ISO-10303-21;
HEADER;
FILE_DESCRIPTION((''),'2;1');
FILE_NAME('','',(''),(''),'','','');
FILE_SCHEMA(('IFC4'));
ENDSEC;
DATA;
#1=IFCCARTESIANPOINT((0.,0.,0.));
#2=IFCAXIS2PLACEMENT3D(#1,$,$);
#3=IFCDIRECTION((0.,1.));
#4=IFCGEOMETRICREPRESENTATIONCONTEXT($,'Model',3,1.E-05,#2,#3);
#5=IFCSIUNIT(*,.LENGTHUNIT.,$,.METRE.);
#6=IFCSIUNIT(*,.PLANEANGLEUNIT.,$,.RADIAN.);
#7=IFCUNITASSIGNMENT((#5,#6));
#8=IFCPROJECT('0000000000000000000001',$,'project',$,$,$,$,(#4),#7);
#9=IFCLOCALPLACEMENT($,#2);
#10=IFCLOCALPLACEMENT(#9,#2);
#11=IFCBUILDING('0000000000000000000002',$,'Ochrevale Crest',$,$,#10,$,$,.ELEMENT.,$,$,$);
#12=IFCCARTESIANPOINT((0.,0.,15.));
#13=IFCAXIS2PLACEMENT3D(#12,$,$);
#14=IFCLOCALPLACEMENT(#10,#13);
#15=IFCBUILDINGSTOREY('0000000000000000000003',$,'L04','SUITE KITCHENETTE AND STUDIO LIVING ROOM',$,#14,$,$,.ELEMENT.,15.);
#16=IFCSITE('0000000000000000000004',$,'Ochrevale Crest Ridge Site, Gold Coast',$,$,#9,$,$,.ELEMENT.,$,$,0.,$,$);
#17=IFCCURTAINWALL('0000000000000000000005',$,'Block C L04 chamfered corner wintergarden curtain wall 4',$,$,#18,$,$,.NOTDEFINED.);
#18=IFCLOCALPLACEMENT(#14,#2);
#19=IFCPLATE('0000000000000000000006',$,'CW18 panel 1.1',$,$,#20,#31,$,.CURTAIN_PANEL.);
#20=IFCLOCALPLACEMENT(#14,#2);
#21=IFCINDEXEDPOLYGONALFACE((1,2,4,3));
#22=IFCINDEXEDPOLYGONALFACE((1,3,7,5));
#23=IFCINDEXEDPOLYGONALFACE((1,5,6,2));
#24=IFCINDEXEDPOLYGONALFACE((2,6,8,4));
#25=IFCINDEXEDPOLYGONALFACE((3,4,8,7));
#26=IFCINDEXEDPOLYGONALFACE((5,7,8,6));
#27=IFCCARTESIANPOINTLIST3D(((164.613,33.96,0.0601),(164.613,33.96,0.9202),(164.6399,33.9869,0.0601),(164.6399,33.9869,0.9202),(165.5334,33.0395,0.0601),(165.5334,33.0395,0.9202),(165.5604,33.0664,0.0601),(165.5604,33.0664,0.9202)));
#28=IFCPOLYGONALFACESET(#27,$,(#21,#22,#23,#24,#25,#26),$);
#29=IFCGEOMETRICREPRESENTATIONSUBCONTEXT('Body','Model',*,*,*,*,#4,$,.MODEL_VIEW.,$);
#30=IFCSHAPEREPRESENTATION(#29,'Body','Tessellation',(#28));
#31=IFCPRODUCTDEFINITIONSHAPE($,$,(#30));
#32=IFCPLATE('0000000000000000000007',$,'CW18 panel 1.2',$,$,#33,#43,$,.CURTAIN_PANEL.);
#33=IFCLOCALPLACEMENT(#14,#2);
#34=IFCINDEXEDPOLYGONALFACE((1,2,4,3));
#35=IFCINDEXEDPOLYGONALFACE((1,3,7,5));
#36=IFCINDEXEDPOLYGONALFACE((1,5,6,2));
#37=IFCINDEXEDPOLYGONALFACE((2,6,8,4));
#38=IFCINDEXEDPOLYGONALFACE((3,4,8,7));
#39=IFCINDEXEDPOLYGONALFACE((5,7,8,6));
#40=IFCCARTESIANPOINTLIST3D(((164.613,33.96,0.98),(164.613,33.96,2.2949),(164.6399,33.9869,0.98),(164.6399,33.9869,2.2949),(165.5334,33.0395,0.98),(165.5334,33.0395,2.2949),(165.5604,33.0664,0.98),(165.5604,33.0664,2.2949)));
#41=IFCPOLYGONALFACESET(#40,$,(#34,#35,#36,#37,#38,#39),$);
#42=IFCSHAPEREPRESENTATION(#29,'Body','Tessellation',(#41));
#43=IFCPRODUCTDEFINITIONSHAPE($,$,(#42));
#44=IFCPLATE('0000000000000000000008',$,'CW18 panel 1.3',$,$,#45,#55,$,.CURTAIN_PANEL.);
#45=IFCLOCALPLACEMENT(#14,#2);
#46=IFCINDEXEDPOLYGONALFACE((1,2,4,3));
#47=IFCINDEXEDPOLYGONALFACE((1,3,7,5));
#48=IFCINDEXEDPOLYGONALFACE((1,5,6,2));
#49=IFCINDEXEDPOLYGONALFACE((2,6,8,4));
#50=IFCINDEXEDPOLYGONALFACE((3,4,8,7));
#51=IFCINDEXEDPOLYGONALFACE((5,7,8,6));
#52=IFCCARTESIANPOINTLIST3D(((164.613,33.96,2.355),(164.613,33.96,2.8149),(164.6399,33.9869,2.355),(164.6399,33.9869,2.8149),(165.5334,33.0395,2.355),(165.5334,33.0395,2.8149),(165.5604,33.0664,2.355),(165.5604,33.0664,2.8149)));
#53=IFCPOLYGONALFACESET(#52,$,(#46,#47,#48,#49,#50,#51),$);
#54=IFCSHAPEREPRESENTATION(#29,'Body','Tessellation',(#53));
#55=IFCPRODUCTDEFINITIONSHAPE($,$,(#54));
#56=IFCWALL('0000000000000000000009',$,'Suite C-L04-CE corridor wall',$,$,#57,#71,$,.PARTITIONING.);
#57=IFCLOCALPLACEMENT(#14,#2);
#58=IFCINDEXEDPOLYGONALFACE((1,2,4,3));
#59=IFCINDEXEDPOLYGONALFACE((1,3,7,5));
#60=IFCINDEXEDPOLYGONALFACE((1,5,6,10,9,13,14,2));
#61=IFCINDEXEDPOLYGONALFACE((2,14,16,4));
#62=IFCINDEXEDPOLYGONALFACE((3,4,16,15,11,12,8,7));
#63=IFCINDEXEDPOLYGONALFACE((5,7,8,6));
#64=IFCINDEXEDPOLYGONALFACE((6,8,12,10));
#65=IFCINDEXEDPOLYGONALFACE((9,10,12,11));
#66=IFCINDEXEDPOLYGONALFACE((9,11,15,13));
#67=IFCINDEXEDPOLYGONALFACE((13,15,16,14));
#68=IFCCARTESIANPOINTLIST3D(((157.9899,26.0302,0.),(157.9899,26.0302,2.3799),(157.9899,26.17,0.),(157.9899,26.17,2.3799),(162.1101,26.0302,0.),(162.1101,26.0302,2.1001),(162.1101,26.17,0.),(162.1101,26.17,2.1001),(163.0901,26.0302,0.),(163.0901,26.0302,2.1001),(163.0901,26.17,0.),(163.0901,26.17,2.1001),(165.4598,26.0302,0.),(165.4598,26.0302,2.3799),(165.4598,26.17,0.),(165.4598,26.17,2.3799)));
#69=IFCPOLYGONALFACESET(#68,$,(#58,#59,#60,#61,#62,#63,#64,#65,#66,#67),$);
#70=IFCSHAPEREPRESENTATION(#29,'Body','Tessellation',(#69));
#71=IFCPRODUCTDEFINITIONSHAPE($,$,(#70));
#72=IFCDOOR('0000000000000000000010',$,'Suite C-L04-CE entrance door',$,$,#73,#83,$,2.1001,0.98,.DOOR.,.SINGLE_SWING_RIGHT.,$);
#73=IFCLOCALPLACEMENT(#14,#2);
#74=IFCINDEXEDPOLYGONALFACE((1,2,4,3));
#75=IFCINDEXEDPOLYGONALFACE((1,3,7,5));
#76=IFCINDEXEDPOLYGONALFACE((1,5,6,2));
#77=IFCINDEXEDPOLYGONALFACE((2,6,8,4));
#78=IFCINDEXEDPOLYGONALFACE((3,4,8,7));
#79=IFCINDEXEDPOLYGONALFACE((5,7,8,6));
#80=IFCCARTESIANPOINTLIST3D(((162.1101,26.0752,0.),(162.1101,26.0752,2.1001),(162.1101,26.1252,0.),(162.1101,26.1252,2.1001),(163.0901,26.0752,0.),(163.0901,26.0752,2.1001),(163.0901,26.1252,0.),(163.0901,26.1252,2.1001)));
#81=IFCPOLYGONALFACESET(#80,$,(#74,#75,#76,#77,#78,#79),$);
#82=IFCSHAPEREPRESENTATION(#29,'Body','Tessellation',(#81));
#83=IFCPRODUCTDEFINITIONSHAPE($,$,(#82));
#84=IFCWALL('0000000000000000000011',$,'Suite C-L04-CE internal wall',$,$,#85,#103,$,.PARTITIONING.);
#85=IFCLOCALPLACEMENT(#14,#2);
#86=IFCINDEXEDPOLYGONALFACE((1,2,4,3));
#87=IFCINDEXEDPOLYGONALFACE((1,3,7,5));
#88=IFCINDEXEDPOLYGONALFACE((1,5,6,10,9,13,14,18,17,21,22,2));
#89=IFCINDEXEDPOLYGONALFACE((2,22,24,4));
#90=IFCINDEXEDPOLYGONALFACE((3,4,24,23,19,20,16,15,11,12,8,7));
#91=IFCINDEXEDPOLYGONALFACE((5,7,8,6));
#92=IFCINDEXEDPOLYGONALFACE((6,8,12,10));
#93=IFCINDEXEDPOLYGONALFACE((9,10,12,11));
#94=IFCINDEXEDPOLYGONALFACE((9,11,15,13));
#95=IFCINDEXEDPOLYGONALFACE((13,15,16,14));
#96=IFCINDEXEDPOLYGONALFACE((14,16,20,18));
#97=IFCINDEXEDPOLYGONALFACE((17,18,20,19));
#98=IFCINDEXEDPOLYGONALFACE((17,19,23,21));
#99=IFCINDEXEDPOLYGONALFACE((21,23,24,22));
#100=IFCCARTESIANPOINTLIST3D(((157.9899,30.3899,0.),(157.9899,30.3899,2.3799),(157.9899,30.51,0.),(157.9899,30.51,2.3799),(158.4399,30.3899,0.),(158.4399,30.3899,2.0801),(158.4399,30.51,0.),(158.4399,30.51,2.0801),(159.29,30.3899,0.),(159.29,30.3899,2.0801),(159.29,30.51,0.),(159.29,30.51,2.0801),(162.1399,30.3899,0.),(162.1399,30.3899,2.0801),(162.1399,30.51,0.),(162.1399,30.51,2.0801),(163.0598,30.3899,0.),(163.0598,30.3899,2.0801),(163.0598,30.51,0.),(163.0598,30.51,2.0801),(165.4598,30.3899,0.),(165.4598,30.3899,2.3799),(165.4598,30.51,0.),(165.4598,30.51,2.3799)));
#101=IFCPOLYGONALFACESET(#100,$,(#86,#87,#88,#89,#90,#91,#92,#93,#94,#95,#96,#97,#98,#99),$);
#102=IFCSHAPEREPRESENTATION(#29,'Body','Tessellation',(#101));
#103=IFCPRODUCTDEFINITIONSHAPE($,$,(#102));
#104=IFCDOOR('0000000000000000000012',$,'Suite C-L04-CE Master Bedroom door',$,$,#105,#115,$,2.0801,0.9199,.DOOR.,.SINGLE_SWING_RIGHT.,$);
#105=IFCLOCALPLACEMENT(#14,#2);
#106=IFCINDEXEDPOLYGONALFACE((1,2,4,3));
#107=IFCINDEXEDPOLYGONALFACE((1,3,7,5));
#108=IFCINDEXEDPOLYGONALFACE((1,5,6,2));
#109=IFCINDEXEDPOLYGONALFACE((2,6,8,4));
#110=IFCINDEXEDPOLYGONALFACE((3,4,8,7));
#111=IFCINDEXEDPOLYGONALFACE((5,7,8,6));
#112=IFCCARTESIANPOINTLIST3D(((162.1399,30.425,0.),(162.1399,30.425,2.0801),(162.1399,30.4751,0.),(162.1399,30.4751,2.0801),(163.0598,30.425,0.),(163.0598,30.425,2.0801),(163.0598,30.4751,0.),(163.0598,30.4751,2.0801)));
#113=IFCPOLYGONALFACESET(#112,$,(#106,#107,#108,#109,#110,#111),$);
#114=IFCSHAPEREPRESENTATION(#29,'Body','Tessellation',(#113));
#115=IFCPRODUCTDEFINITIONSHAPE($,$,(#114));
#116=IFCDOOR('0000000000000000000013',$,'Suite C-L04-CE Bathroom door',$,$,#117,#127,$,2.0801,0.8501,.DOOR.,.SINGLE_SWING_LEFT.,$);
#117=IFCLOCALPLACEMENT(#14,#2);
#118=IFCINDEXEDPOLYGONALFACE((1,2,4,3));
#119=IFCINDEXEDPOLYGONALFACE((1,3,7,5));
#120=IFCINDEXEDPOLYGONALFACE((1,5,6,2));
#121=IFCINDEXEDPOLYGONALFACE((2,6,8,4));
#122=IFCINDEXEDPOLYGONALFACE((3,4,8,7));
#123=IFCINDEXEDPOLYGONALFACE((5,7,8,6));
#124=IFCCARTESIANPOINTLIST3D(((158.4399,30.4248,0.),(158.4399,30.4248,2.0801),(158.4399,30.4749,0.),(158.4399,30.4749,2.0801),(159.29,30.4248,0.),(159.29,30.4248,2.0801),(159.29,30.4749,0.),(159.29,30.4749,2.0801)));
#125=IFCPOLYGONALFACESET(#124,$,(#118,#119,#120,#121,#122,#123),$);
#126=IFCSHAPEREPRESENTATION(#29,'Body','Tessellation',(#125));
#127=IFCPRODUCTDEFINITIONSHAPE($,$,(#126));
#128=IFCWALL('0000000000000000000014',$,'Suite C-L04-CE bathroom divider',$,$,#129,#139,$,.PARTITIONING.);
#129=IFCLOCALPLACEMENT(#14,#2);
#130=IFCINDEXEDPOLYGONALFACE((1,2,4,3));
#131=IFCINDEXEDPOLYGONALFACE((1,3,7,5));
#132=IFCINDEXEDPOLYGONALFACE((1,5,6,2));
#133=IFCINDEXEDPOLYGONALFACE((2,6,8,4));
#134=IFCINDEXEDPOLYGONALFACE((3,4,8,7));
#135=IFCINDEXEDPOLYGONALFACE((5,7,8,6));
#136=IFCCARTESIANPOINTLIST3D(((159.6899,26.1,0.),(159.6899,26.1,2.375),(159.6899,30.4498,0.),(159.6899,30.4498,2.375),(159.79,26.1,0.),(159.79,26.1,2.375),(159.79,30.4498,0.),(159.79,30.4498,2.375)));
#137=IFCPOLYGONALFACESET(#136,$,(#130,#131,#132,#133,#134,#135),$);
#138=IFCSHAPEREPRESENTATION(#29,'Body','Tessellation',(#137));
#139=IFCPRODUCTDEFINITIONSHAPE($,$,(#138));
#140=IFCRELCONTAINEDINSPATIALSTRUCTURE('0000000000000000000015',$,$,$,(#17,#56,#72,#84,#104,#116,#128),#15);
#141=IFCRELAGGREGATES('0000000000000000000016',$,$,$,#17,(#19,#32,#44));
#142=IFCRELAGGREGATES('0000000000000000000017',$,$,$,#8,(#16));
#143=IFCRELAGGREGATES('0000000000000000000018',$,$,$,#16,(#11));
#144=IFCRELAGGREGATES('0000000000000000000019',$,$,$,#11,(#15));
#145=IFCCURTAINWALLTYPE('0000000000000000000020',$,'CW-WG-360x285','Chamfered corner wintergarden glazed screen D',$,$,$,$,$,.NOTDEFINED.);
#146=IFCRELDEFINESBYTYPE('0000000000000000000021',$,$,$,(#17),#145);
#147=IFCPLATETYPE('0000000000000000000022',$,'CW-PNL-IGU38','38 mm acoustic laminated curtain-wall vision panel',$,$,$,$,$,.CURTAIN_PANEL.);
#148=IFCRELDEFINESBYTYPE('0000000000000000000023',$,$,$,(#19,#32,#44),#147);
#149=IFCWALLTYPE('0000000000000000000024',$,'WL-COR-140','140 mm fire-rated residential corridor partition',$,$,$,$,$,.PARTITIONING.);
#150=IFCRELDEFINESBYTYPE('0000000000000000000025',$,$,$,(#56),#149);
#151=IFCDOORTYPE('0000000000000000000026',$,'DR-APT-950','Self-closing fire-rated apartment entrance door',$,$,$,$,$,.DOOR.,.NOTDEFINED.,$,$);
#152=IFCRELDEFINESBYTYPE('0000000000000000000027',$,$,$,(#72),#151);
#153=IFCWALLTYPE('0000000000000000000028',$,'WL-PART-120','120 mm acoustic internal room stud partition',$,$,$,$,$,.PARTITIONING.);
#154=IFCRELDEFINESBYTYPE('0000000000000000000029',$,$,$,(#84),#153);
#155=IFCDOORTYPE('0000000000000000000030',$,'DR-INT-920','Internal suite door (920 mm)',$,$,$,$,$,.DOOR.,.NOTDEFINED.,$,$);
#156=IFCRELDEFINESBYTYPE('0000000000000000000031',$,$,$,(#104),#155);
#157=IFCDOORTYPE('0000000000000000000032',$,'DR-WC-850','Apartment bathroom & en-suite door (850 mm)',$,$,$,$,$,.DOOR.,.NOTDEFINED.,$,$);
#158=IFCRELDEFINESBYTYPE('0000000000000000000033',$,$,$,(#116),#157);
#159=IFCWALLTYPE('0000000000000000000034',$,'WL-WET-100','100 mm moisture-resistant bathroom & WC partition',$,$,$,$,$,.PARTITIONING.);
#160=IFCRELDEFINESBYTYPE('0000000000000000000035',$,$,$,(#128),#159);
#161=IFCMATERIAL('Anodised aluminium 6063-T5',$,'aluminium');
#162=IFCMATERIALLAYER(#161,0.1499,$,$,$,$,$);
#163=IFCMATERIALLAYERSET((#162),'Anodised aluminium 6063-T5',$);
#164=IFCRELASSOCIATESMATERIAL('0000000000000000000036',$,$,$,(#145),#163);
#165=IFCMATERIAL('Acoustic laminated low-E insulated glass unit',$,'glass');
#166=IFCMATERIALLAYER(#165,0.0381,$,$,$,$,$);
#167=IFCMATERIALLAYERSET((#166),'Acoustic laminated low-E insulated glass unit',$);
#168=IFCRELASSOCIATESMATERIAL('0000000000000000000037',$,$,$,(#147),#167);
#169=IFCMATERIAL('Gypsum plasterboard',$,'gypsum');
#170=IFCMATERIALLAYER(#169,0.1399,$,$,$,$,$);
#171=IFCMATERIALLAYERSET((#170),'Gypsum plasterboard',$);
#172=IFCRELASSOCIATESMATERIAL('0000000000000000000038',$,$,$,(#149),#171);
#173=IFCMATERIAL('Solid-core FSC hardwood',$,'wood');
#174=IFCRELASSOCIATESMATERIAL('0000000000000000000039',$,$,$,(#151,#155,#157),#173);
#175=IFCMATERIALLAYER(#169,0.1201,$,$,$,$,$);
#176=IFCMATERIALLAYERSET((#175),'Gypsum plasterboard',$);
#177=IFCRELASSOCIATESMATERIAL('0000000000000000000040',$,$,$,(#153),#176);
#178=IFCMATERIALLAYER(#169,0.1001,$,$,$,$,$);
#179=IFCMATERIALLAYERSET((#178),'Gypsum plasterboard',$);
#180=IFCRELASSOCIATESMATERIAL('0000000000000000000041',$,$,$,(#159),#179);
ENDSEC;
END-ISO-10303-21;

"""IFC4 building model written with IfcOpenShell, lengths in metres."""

from ifc_helpers import new_model, si_unit, direction, frame, frame_2d, origin, origin_2d, place, context, subcontext, project, spatial, rectangle, extrude, material, layer, layer_set, type_object, element, fill, aggregate, save


model = new_model("IFC4")

# Units and contexts
model_context = context("Model", 3, precision=1e-05, world=origin(), true_north=direction((0.0, 1.0)))
body_context = subcontext(model_context, "Body", "Model", "MODEL_VIEW")
ifc_project = project(units=[si_unit("LENGTHUNIT", "METRE"), si_unit("PLANEANGLEUNIT", "RADIAN")], contexts=[model_context])

# Site, building, storey
site_placement = place(None, origin())
site = spatial("IfcSite", under=ifc_project, at=site_placement, Name="Ochrevale Crest Ridge Site, Gold Coast", CompositionType="ELEMENT", RefElevation=0.0)
building_placement = place(site_placement, origin())
building = spatial("IfcBuilding", under=site, at=building_placement, Name="Ochrevale Crest", CompositionType="ELEMENT")
storey_placement = place(building_placement, frame((0.0, 0.0, 15.0)))
storey = spatial("IfcBuildingStorey", under=building, at=storey_placement, Name="L04", Description="SUITE KITCHENETTE AND STUDIO LIVING ROOM", CompositionType="ELEMENT", Elevation=15.0)

# Curtain wall, plates
ifc_material_1 = material(Name="Anodised aluminium 6063-T5", Category="aluminium")
ifc_layer_1 = layer(ifc_material_1, 0.1499)
ifc_layer_set_1 = layer_set([ifc_layer_1], Name="Anodised aluminium 6063-T5")
curtain_wall_type = type_object("IfcCurtainWallType", Name="CW-WG-360x285", Description="Chamfered corner wintergarden glazed screen D", PredefinedType="NOTDEFINED", material=ifc_layer_set_1)
curtain_wall_placement = place(storey_placement, origin())
curtain_wall = element("IfcCurtainWall", 1, at=curtain_wall_placement, inside=storey, type_object=curtain_wall_type, Name="Block C L04 chamfered corner wintergarden curtain wall 4", PredefinedType="NOTDEFINED")
ifc_material_2 = material(Name="Acoustic laminated low-E insulated glass unit", Category="glass")
ifc_layer_2 = layer(ifc_material_2, 0.0381)
ifc_layer_set_2 = layer_set([ifc_layer_2], Name="Acoustic laminated low-E insulated glass unit")
plate_type = type_object("IfcPlateType", Name="CW-PNL-IGU38", Description="38 mm acoustic laminated curtain-wall vision panel", PredefinedType="CURTAIN_PANEL", material=ifc_layer_set_2)
plate_1_placement = place(storey_placement, frame((165.0867, 33.5132, 0.0601), z_axis=(0.0, 0.0, 1.0), x_axis=(-0.707107, 0.707107, 0.0)))
plate_1 = element("IfcPlate", 2, at=plate_1_placement, type_object=plate_type, Name="CW18 panel 1.1", PredefinedType="CURTAIN_PANEL", context=body_context, shape_type="SweptSolid", body=[
    extrude(rectangle(XDim=1.3018, YDim=0.0381, at=origin_2d()), origin(), (0.0, 0.0, 1.0), 0.8601),
])
plate_2_placement = place(storey_placement, frame((165.0867, 33.5132, 0.98), z_axis=(0.0, 0.0, 1.0), x_axis=(-0.707107, 0.707107, 0.0)))
plate_2 = element("IfcPlate", 3, at=plate_2_placement, type_object=plate_type, Name="CW18 panel 1.2", PredefinedType="CURTAIN_PANEL", context=body_context, shape_type="SweptSolid", body=[
    extrude(rectangle(XDim=1.3018, YDim=0.0381, at=origin_2d()), origin(), (0.0, 0.0, 1.0), 1.3149),
])
plate_3_placement = place(storey_placement, frame((165.0867, 33.5132, 2.355), z_axis=(0.0, 0.0, 1.0), x_axis=(-0.707107, 0.707107, 0.0)))
plate_3 = element("IfcPlate", 4, at=plate_3_placement, type_object=plate_type, Name="CW18 panel 1.3", PredefinedType="CURTAIN_PANEL", context=body_context, shape_type="SweptSolid", body=[
    extrude(rectangle(XDim=1.3018, YDim=0.0381, at=origin_2d()), origin(), (0.0, 0.0, 1.0), 0.46),
])
aggregate(curtain_wall, [plate_1, plate_2, plate_3])

# Wall, opening, door
ifc_material_3 = material(Name="Gypsum plasterboard", Category="gypsum")
ifc_layer_3 = layer(ifc_material_3, 0.1399)
ifc_layer_set_3 = layer_set([ifc_layer_3], Name="Gypsum plasterboard")
wall_type_1 = type_object("IfcWallType", Name="WL-COR-140", Description="140 mm fire-rated residential corridor partition", PredefinedType="PARTITIONING", material=ifc_layer_set_3)
wall_1_placement = place(storey_placement, frame((157.99, 26.1001, 0.0), z_axis=(0.0, 0.0, 1.0), x_axis=(1.0, 0.0, 0.0)))
wall_1 = element("IfcWall", 5, at=wall_1_placement, inside=storey, type_object=wall_type_1, Name="Suite C-L04-CE corridor wall", PredefinedType="PARTITIONING", context=body_context, shape_type="SweptSolid", body=[
    extrude(rectangle(XDim=7.47, YDim=0.1399, at=frame_2d((3.7349, 0.0))), origin(), (0.0, 0.0, 1.0), 2.3799),
])
opening_1_placement = place(wall_1_placement, frame((5.1001, 0.0, 0.0), z_axis=(0.0, 0.0, 1.0), x_axis=(-1.0, 0.0, 0.0)))
opening_1 = element("IfcOpeningElement", 6, at=opening_1_placement, cuts=wall_1, PredefinedType="OPENING", context=body_context, shape_type="SweptSolid", body=[
    extrude(rectangle(XDim=0.98, YDim=2.1001, at=frame_2d((0.49, 1.05))), frame((0.0, 0.0801, 0.0), z_axis=(0.0, -1.0, 0.0), x_axis=(1.0, 0.0, 0.0)), (0.0, 0.0, 1.0), 0.1599),
])
ifc_material_4 = material(Name="Solid-core FSC hardwood", Category="wood")
door_type_1 = type_object("IfcDoorType", Name="DR-APT-950", Description="Self-closing fire-rated apartment entrance door", OperationType="NOTDEFINED", PredefinedType="DOOR", material=ifc_material_4)
door_1_placement = place(opening_1_placement, origin())
door_1 = element("IfcDoor", 7, at=door_1_placement, inside=storey, type_object=door_type_1, Name="Suite C-L04-CE entrance door", OperationType="SINGLE_SWING_RIGHT", OverallHeight=2.1001, OverallWidth=0.98, PredefinedType="DOOR", context=body_context, shape_type="SweptSolid", body=[
    extrude(rectangle(XDim=0.98, YDim=2.1001, at=frame_2d((0.49, 1.05))), frame((0.0, 0.0249, 0.0), z_axis=(0.0, -1.0, 0.0), x_axis=(1.0, 0.0, 0.0)), (0.0, 0.0, 1.0), 0.05),
])
fill(opening_1, door_1)

# Wall, openings, doors
ifc_layer_4 = layer(ifc_material_3, 0.1201)
ifc_layer_set_4 = layer_set([ifc_layer_4], Name="Gypsum plasterboard")
wall_type_2 = type_object("IfcWallType", Name="WL-PART-120", Description="120 mm acoustic internal room stud partition", PredefinedType="PARTITIONING", material=ifc_layer_set_4)
wall_2_placement = place(storey_placement, frame((157.99, 30.45, 0.0), z_axis=(0.0, 0.0, 1.0), x_axis=(1.0, 0.0, 0.0)))
wall_2 = element("IfcWall", 8, at=wall_2_placement, inside=storey, type_object=wall_type_2, Name="Suite C-L04-CE internal wall", PredefinedType="PARTITIONING", context=body_context, shape_type="SweptSolid", body=[
    extrude(rectangle(XDim=7.47, YDim=0.1201, at=frame_2d((3.7349, 0.0))), origin(), (0.0, 0.0, 1.0), 2.3799),
])
opening_2_placement = place(wall_2_placement, frame((0.45, 0.0, 0.0)))
opening_2 = element("IfcOpeningElement", 9, at=opening_2_placement, cuts=wall_2, PredefinedType="OPENING", context=body_context, shape_type="SweptSolid", body=[
    extrude(rectangle(XDim=0.8501, YDim=2.0801, at=frame_2d((0.425, 1.04))), frame((0.0, 0.0701, 0.0), z_axis=(0.0, -1.0, 0.0), x_axis=(1.0, 0.0, 0.0)), (0.0, 0.0, 1.0), 0.1401),
])
opening_3_placement = place(wall_2_placement, frame((5.0698, 0.0, 0.0), z_axis=(0.0, 0.0, 1.0), x_axis=(-1.0, 0.0, 0.0)))
opening_3 = element("IfcOpeningElement", 10, at=opening_3_placement, cuts=wall_2, PredefinedType="OPENING", context=body_context, shape_type="SweptSolid", body=[
    extrude(rectangle(XDim=0.9199, YDim=2.0801, at=frame_2d((0.46, 1.04))), frame((0.0, 0.0701, 0.0), z_axis=(0.0, -1.0, 0.0), x_axis=(1.0, 0.0, 0.0)), (0.0, 0.0, 1.0), 0.1401),
])
door_type_2 = type_object("IfcDoorType", Name="DR-INT-920", Description="Internal suite door (920 mm)", OperationType="NOTDEFINED", PredefinedType="DOOR", material=ifc_material_4)
door_2_placement = place(opening_3_placement, origin())
door_2 = element("IfcDoor", 11, at=door_2_placement, inside=storey, type_object=door_type_2, Name="Suite C-L04-CE Master Bedroom door", OperationType="SINGLE_SWING_RIGHT", OverallHeight=2.0801, OverallWidth=0.9199, PredefinedType="DOOR", context=body_context, shape_type="SweptSolid", body=[
    extrude(rectangle(XDim=0.9199, YDim=2.0801, at=frame_2d((0.46, 1.04))), frame((0.0, 0.0249, 0.0), z_axis=(0.0, -1.0, 0.0), x_axis=(1.0, 0.0, 0.0)), (0.0, 0.0, 1.0), 0.05),
])
fill(opening_3, door_2)
door_type_3 = type_object("IfcDoorType", Name="DR-WC-850", Description="Apartment bathroom & en-suite door (850 mm)", OperationType="NOTDEFINED", PredefinedType="DOOR", material=ifc_material_4)
door_3_placement = place(opening_2_placement, origin())
door_3 = element("IfcDoor", 12, at=door_3_placement, inside=storey, type_object=door_type_3, Name="Suite C-L04-CE Bathroom door", OperationType="SINGLE_SWING_LEFT", OverallHeight=2.0801, OverallWidth=0.8501, PredefinedType="DOOR", context=body_context, shape_type="SweptSolid", body=[
    extrude(rectangle(XDim=0.8501, YDim=2.0801, at=frame_2d((0.425, 1.04))), frame((0.0, 0.0249, 0.0), z_axis=(0.0, -1.0, 0.0), x_axis=(1.0, 0.0, 0.0)), (0.0, 0.0, 1.0), 0.05),
])
fill(opening_2, door_3)

# Wall
ifc_layer_5 = layer(ifc_material_3, 0.1001)
ifc_layer_set_5 = layer_set([ifc_layer_5], Name="Gypsum plasterboard")
wall_type_3 = type_object("IfcWallType", Name="WL-WET-100", Description="100 mm moisture-resistant bathroom & WC partition", PredefinedType="PARTITIONING", material=ifc_layer_set_5)
wall_3_placement = place(storey_placement, frame((159.74, 26.1001, 0.0), z_axis=(0.0, 0.0, 1.0), x_axis=(0.0, 1.0, 0.0)))
element("IfcWall", 13, at=wall_3_placement, inside=storey, type_object=wall_type_3, Name="Suite C-L04-CE bathroom divider", PredefinedType="PARTITIONING", context=body_context, shape_type="SweptSolid", body=[
    extrude(rectangle(XDim=4.3499, YDim=0.1001, at=frame_2d((2.1748, 0.0))), origin(), (0.0, 0.0, 1.0), 2.375),
])

save(model, "model.ifc")
